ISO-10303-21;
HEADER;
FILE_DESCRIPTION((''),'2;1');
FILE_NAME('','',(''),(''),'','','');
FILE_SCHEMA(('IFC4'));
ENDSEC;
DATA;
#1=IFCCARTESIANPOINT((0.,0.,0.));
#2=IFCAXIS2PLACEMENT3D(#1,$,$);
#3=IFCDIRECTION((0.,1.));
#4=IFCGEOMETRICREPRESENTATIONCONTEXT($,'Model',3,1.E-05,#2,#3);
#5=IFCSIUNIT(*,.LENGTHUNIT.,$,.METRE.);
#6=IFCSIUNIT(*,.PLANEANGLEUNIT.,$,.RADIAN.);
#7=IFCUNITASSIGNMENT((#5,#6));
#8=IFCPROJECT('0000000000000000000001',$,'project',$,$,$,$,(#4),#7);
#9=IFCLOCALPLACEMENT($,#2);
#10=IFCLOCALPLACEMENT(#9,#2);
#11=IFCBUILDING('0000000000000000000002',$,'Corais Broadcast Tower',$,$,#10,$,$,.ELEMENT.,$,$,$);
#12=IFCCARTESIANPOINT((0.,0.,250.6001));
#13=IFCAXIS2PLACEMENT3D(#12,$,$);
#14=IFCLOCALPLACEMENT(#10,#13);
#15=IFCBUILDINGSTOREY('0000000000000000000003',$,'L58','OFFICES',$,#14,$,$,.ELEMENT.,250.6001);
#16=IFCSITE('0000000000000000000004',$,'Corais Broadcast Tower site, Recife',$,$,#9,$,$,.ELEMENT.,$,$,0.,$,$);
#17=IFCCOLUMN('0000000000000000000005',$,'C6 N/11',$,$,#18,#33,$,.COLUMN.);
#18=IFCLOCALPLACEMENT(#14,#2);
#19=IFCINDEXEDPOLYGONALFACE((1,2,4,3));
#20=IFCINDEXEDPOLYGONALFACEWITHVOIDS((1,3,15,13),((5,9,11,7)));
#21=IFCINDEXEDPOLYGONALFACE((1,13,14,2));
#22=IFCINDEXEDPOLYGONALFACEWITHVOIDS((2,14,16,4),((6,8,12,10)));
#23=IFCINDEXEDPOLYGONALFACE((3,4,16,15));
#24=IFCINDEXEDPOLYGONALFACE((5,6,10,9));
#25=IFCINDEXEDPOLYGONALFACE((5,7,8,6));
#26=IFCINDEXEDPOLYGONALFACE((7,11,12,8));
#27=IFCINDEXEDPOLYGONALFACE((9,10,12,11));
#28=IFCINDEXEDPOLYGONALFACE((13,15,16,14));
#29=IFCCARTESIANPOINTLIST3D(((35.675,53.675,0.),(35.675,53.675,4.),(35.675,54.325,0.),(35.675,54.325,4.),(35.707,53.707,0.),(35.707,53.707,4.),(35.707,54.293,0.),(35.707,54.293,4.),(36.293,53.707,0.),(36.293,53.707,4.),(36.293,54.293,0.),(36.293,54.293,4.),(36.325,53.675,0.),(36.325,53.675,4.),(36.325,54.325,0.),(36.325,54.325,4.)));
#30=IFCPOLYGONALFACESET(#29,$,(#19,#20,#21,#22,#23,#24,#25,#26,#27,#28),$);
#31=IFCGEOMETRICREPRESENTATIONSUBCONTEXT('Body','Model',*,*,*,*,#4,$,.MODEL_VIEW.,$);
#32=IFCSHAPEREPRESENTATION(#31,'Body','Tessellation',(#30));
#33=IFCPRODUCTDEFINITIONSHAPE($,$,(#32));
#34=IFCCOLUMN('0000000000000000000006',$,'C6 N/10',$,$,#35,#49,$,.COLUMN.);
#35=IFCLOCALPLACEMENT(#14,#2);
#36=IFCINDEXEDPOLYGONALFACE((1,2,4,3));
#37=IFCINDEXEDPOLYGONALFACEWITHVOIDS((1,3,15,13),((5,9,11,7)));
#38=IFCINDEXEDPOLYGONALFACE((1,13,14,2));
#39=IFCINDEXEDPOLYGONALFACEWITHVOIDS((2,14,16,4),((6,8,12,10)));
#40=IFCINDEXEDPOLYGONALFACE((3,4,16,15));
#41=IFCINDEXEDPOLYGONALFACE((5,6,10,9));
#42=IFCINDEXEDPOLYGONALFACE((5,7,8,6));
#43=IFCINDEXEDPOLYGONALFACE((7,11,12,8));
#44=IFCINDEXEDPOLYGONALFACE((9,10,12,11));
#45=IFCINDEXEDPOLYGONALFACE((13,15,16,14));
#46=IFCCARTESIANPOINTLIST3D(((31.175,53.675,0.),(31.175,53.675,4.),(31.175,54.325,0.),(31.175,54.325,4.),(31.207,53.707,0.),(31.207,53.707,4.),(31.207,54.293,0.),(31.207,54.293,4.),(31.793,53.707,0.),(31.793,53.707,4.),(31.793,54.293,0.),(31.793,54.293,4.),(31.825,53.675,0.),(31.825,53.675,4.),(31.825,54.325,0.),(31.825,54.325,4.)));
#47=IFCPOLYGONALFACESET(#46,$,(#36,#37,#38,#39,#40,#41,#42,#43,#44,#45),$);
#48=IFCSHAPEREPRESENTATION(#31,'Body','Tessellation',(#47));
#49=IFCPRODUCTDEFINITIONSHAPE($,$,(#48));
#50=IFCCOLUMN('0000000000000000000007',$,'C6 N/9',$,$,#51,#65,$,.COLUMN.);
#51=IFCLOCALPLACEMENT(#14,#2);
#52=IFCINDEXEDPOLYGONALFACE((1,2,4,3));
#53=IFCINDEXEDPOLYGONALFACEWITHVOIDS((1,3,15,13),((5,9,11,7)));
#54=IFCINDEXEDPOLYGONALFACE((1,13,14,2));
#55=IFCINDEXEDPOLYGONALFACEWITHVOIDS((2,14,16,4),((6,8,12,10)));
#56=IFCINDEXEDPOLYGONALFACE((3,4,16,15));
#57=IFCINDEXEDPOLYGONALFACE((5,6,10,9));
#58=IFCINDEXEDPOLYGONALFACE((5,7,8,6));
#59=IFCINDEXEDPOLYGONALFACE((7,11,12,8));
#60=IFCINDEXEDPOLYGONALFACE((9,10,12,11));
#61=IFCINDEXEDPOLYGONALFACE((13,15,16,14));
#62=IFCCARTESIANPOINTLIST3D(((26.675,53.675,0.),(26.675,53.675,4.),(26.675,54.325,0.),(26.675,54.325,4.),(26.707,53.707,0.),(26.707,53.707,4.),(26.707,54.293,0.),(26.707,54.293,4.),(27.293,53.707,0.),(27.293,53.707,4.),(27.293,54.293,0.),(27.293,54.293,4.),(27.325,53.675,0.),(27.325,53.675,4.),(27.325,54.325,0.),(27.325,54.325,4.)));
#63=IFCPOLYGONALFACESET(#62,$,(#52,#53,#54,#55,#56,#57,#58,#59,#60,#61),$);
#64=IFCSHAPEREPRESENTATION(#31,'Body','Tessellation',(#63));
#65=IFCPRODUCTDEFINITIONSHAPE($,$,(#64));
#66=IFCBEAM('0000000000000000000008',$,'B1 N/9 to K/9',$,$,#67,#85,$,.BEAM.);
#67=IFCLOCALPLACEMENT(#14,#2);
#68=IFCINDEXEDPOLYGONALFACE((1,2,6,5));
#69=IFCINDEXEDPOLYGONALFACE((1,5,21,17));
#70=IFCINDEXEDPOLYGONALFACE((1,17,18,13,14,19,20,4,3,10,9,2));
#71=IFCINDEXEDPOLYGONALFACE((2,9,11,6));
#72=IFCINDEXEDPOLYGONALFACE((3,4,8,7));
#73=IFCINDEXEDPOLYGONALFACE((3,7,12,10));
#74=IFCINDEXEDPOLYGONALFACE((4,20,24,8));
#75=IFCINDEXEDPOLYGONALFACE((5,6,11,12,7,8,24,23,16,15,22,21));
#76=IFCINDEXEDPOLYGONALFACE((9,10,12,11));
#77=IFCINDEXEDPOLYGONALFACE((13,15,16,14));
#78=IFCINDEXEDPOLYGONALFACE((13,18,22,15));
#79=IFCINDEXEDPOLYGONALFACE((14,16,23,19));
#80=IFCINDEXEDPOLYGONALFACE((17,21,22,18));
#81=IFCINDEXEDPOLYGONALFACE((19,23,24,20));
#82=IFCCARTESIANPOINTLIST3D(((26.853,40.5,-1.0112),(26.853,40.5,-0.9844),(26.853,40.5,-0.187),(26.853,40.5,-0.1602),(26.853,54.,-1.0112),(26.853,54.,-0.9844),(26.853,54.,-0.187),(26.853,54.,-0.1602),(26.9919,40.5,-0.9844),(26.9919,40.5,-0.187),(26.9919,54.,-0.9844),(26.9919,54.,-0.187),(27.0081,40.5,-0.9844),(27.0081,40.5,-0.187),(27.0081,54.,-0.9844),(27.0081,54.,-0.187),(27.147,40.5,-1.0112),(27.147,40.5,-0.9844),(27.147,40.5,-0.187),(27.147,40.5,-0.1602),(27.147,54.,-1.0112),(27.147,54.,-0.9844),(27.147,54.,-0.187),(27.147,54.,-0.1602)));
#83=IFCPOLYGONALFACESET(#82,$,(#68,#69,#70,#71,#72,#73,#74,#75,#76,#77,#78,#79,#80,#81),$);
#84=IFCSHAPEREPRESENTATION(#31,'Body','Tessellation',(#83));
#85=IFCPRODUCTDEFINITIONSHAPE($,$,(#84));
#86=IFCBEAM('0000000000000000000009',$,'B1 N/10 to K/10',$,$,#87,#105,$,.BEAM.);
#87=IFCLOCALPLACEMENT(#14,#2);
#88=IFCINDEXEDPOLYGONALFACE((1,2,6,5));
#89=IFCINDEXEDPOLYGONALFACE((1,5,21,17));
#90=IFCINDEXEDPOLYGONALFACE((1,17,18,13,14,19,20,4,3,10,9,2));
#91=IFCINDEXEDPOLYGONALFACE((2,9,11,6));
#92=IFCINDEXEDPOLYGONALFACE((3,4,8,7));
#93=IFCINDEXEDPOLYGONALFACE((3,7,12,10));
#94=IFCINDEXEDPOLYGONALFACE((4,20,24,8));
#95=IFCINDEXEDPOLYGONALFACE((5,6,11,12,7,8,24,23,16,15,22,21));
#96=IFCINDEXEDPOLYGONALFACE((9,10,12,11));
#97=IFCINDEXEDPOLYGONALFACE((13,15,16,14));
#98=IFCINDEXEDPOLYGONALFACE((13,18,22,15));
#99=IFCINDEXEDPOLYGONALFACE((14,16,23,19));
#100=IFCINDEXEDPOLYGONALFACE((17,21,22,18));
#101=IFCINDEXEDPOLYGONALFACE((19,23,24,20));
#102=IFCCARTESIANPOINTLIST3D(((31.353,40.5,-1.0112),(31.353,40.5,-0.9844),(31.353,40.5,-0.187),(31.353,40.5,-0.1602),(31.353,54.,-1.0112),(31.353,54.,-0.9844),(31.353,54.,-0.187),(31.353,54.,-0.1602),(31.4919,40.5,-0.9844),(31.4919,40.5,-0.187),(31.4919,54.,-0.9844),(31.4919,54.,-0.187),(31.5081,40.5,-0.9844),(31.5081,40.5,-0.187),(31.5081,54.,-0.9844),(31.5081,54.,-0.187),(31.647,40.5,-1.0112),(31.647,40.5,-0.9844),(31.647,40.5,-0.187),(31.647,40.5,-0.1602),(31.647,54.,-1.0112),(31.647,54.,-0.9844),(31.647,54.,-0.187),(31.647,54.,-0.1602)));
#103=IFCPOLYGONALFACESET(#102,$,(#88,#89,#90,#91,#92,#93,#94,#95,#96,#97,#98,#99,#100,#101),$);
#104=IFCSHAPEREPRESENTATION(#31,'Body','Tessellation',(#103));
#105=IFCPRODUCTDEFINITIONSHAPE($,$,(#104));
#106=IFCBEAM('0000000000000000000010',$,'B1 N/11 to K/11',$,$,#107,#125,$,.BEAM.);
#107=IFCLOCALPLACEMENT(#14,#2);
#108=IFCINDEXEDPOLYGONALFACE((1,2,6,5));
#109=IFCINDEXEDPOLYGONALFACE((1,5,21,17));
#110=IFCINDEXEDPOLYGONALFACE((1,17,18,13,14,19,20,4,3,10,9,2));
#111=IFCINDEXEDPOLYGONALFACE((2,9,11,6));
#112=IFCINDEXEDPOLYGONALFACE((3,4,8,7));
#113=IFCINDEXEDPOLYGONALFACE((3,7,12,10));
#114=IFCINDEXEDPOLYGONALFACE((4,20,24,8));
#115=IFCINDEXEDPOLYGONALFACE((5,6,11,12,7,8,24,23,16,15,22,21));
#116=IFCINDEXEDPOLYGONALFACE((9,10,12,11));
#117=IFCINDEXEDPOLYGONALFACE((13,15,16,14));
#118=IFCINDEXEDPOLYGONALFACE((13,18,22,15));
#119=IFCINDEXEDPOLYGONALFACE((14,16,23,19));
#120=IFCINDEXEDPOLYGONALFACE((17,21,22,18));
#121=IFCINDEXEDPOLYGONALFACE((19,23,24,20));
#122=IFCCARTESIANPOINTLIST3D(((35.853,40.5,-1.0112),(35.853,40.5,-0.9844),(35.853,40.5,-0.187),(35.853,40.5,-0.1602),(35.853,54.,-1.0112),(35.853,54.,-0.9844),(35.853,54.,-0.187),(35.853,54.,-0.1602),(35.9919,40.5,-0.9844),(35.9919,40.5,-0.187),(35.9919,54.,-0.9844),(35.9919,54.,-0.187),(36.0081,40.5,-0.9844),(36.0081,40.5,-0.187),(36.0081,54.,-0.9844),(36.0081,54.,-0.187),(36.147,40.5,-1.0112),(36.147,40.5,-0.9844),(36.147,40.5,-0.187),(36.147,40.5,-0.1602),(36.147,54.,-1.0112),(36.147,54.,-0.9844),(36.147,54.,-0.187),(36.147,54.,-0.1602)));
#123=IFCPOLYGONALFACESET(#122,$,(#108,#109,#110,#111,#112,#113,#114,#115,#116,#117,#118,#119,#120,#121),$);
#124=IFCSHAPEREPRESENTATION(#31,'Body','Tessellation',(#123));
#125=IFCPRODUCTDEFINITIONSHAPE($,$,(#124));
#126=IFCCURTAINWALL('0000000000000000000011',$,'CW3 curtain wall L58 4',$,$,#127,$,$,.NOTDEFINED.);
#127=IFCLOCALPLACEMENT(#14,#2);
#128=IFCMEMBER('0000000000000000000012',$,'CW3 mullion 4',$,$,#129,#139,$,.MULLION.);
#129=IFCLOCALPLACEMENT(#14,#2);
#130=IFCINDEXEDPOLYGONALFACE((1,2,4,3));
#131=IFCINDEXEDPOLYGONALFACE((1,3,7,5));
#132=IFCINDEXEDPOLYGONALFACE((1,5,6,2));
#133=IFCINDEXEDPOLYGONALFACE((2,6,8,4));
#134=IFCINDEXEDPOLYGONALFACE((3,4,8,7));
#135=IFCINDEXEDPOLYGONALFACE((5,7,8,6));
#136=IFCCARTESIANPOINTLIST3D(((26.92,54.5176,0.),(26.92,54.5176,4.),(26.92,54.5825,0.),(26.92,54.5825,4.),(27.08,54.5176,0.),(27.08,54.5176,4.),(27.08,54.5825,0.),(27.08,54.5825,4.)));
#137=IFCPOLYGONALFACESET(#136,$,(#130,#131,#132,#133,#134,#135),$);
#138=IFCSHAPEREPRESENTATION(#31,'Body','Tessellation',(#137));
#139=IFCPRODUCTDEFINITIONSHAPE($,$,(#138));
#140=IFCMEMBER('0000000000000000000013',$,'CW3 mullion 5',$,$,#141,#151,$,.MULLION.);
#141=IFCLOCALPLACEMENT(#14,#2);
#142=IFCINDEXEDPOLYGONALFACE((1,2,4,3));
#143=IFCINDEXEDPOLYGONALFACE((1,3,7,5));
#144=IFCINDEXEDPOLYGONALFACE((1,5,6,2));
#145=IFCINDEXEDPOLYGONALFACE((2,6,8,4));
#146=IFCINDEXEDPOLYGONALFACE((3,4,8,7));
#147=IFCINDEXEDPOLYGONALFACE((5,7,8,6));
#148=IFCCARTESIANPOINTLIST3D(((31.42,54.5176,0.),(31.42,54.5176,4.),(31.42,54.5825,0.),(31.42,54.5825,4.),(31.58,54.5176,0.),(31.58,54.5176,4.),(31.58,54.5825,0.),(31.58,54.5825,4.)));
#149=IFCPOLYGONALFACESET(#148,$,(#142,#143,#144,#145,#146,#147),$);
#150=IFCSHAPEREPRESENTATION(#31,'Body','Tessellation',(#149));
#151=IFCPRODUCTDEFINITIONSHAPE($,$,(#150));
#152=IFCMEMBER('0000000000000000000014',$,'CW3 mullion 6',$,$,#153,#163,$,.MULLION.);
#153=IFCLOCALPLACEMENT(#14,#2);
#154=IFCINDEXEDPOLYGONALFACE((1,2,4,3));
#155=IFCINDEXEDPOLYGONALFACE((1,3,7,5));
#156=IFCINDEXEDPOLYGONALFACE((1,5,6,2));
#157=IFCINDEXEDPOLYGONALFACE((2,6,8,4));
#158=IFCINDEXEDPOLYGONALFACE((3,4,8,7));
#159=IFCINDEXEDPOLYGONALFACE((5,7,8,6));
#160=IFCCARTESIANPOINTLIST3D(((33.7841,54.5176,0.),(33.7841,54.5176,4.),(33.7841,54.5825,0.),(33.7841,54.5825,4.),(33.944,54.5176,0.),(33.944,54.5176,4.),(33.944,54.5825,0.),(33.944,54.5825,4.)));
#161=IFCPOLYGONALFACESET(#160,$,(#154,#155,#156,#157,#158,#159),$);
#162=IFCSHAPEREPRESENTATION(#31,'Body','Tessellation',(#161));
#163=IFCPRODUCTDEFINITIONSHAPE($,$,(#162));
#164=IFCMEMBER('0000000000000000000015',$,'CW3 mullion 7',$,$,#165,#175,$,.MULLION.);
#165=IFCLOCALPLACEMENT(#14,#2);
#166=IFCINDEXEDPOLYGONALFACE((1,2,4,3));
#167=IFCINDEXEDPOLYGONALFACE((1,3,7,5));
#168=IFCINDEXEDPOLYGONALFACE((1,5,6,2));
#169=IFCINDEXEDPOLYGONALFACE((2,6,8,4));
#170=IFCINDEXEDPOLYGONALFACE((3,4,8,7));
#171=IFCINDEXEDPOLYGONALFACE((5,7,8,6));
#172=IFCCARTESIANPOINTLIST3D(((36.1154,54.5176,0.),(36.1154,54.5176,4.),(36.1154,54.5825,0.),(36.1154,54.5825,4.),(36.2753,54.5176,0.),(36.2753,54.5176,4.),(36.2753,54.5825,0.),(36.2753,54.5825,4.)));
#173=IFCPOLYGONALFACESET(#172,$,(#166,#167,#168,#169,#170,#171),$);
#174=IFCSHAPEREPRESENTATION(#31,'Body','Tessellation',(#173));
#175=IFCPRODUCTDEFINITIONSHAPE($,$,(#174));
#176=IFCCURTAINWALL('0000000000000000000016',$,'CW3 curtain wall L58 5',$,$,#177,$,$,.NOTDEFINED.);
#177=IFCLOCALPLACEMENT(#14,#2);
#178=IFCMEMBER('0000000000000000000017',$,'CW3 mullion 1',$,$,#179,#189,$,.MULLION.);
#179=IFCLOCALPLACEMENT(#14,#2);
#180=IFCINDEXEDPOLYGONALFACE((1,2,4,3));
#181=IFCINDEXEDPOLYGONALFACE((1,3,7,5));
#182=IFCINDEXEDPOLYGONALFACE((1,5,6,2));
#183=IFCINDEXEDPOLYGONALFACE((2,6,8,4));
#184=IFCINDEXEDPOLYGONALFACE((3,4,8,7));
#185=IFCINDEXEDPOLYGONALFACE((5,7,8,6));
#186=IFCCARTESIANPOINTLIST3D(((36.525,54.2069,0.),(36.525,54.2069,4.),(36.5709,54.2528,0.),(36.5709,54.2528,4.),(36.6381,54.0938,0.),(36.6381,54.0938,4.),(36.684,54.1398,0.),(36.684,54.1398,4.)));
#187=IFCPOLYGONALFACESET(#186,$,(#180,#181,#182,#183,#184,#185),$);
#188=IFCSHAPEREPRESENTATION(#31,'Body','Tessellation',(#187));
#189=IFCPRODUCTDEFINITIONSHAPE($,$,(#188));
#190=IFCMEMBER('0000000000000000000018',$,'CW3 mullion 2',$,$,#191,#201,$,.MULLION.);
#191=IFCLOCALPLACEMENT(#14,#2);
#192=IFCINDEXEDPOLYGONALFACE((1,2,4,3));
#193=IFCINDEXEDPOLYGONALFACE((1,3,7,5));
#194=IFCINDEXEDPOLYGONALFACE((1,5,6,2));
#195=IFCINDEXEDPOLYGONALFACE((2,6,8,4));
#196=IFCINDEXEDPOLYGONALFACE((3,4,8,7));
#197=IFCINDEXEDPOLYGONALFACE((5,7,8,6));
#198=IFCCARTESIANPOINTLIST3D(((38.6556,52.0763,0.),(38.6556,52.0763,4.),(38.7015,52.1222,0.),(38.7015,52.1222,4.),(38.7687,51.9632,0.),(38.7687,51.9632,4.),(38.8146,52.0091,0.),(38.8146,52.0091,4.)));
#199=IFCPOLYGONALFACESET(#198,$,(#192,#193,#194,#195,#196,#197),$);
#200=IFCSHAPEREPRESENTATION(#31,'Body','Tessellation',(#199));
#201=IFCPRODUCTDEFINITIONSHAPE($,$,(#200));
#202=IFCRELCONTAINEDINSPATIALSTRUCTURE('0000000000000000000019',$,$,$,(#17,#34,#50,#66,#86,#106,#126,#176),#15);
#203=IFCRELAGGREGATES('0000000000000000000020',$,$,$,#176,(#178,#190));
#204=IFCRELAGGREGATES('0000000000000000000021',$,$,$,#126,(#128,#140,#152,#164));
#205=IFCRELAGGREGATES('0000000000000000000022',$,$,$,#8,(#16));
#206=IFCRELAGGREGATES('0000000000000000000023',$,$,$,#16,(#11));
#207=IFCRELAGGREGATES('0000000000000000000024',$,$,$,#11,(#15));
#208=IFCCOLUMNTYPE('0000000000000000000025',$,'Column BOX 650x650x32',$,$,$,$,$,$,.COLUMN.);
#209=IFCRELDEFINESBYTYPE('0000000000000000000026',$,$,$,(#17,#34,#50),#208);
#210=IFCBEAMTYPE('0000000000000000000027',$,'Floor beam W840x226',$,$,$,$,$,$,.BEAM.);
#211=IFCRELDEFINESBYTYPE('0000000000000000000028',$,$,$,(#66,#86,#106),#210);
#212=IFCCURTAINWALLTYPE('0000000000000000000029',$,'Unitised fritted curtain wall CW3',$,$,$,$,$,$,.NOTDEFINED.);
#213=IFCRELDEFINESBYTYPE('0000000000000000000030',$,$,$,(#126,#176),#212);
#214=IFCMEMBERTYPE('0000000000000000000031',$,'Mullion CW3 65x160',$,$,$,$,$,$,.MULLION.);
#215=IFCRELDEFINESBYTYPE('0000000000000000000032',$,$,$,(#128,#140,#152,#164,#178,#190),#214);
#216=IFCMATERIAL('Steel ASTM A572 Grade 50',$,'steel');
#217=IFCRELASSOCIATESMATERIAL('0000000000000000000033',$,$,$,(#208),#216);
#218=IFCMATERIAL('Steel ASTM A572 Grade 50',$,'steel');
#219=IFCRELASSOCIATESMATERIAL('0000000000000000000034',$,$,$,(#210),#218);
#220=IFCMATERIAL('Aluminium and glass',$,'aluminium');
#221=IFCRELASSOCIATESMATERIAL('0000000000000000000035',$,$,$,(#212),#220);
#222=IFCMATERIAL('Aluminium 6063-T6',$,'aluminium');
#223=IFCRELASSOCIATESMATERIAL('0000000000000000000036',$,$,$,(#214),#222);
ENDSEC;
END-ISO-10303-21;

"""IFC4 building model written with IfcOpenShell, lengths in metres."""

from ifc_helpers import new_model, si_unit, direction, frame, origin, origin_2d, place, context, subcontext, project, spatial, rectangle, hollow_rectangle, i_section, extrude, material, material_profile, profile_set, type_object, element, aggregate, save


model = new_model("IFC4")

# Units and contexts
model_context = context("Model", 3, precision=1e-05, world=origin(), true_north=direction((0.0, 1.0)))
body_context = subcontext(model_context, "Body", "Model", "MODEL_VIEW")
ifc_project = project(units=[si_unit("LENGTHUNIT", "METRE"), si_unit("PLANEANGLEUNIT", "RADIAN")], contexts=[model_context])

# Site, building, storey
site_placement = place(None, origin())
site = spatial("IfcSite", under=ifc_project, at=site_placement, Name="Corais Broadcast Tower site, Recife", CompositionType="ELEMENT", RefElevation=0.0)
building_placement = place(site_placement, origin())
building = spatial("IfcBuilding", under=site, at=building_placement, Name="Corais Broadcast Tower", CompositionType="ELEMENT")
storey_placement = place(building_placement, frame((0.0, 0.0, 250.6001)))
storey = spatial("IfcBuildingStorey", under=building, at=storey_placement, Name="L58", Description="OFFICES", CompositionType="ELEMENT", Elevation=250.6001)

# Columns
ifc_material_1 = material(Name="Steel ASTM A572 Grade 50", Category="steel")
ifc_material_profile_1 = material_profile(ifc_material_1, hollow_rectangle(XDim=0.6499, YDim=0.6499, WallThickness=0.032, at=origin_2d()), Name="BOX 650x650x32")
ifc_profile_set_1 = profile_set([ifc_material_profile_1], Name="Steel ASTM A572 Grade 50")
column_type = type_object("IfcColumnType", Name="Column BOX 650x650x32", PredefinedType="COLUMN", material=ifc_profile_set_1)
for number, where, z_axis, x_axis, name in (
    (1, (36.0, 54.0, 0.0), (0.0, 0.0, 1.0), (1.0, 0.0, 0.0), "C6 N/11"),
    (2, (31.5, 54.0, 0.0), (0.0, 0.0, 1.0), (1.0, 0.0, 0.0), "C6 N/10"),
    (3, (27.0, 54.0, 0.0), (0.0, 0.0, 1.0), (1.0, 0.0, 0.0), "C6 N/9"),
):
    element("IfcColumn", number, at=place(storey_placement, frame(where, z_axis=z_axis, x_axis=x_axis)), inside=storey, type_object=column_type, Name=name, PredefinedType="COLUMN", context=body_context, shape_type="SweptSolid", body=[
        extrude(hollow_rectangle(XDim=0.6499, YDim=0.6499, WallThickness=0.032, at=origin_2d()), origin(), (0.0, 0.0, 1.0), 4.0),
    ])

# Beams
ifc_material_2 = material(Name="Steel ASTM A572 Grade 50", Category="steel")
ifc_material_profile_2 = material_profile(ifc_material_2, i_section(OverallWidth=0.2939, OverallDepth=0.8511, WebThickness=0.0161, FlangeThickness=0.0269, at=origin_2d()), Name="W840x226")
ifc_profile_set_2 = profile_set([ifc_material_profile_2], Name="Steel ASTM A572 Grade 50")
beam_type_1 = type_object("IfcBeamType", Name="Floor beam W840x226", PredefinedType="BEAM", material=ifc_profile_set_2)
for number, where, z_axis, x_axis, name in (
    (4, (27.0, 54.0, -0.5857), (0.0, -1.0, 0.0), (1.0, 0.0, 0.0), "B1 N/9 to K/9"),
    (5, (31.5, 54.0, -0.5857), (0.0, -1.0, 0.0), (1.0, 0.0, 0.0), "B1 N/10 to K/10"),
    (6, (36.0, 54.0, -0.5857), (0.0, -1.0, 0.0), (1.0, 0.0, 0.0), "B1 N/11 to K/11"),
):
    element("IfcBeam", number, at=place(storey_placement, frame(where, z_axis=z_axis, x_axis=x_axis)), inside=storey, type_object=beam_type_1, Name=name, PredefinedType="BEAM", context=body_context, shape_type="SweptSolid", body=[
        extrude(i_section(OverallWidth=0.2939, OverallDepth=0.8511, WebThickness=0.0161, FlangeThickness=0.0269, at=origin_2d()), origin(), (0.0, 0.0, 1.0), 13.5),
    ])

# Curtain walls, members
ifc_material_3 = material(Name="Aluminium and glass", Category="aluminium")
curtain_wall_type = type_object("IfcCurtainWallType", Name="Unitised fritted curtain wall CW3", PredefinedType="NOTDEFINED", material=ifc_material_3)
curtain_wall_1_placement = place(storey_placement, origin())
curtain_wall_1 = element("IfcCurtainWall", 7, at=curtain_wall_1_placement, inside=storey, type_object=curtain_wall_type, Name="CW3 curtain wall L58 4", PredefinedType="NOTDEFINED")
ifc_material_4 = material(Name="Aluminium 6063-T6", Category="aluminium")
ifc_material_profile_3 = material_profile(ifc_material_4, rectangle(XDim=0.0649, YDim=0.1599, at=origin_2d()), Name="Mullion CW3 65x160")
ifc_profile_set_3 = profile_set([ifc_material_profile_3], Name="Aluminium 6063-T6")
member_type_1 = type_object("IfcMemberType", Name="Mullion CW3 65x160", PredefinedType="MULLION", material=ifc_profile_set_3)
member_1_placement = place(storey_placement, frame((27.0, 54.55, 0.0), z_axis=(0.0, 0.0, 1.0), x_axis=(0.0, 1.0, 0.0)))
member_1 = element("IfcMember", 8, at=member_1_placement, type_object=member_type_1, Name="CW3 mullion 4", PredefinedType="MULLION", context=body_context, shape_type="SweptSolid", body=[
    extrude(rectangle(XDim=0.0649, YDim=0.1599, at=origin_2d()), origin(), (0.0, 0.0, 1.0), 4.0),
])
member_2_placement = place(storey_placement, frame((31.5, 54.55, 0.0), z_axis=(0.0, 0.0, 1.0), x_axis=(0.0, 1.0, 0.0)))
member_2 = element("IfcMember", 9, at=member_2_placement, type_object=member_type_1, Name="CW3 mullion 5", PredefinedType="MULLION", context=body_context, shape_type="SweptSolid", body=[
    extrude(rectangle(XDim=0.0649, YDim=0.1599, at=origin_2d()), origin(), (0.0, 0.0, 1.0), 4.0),
])
member_3_placement = place(storey_placement, frame((33.864, 54.55, 0.0), z_axis=(0.0, 0.0, 1.0), x_axis=(0.0, 1.0, 0.0)))
member_3 = element("IfcMember", 10, at=member_3_placement, type_object=member_type_1, Name="CW3 mullion 6", PredefinedType="MULLION", context=body_context, shape_type="SweptSolid", body=[
    extrude(rectangle(XDim=0.0649, YDim=0.1599, at=origin_2d()), origin(), (0.0, 0.0, 1.0), 4.0),
])
member_4_placement = place(storey_placement, frame((36.1953, 54.55, 0.0), z_axis=(0.0, 0.0, 1.0), x_axis=(0.0, 1.0, 0.0)))
member_4 = element("IfcMember", 11, at=member_4_placement, type_object=member_type_1, Name="CW3 mullion 7", PredefinedType="MULLION", context=body_context, shape_type="SweptSolid", body=[
    extrude(rectangle(XDim=0.0649, YDim=0.1599, at=origin_2d()), origin(), (0.0, 0.0, 1.0), 4.0),
])
curtain_wall_2_placement = place(storey_placement, origin())
curtain_wall_2 = element("IfcCurtainWall", 12, at=curtain_wall_2_placement, inside=storey, type_object=curtain_wall_type, Name="CW3 curtain wall L58 5", PredefinedType="NOTDEFINED")
member_5_placement = place(storey_placement, frame((36.6045, 54.1733, 0.0), z_axis=(0.0, 0.0, 1.0), x_axis=(0.707107, 0.707107, 0.0)))
member_5 = element("IfcMember", 13, at=member_5_placement, type_object=member_type_1, Name="CW3 mullion 1", PredefinedType="MULLION", context=body_context, shape_type="SweptSolid", body=[
    extrude(rectangle(XDim=0.0649, YDim=0.1599, at=origin_2d()), origin(), (0.0, 0.0, 1.0), 4.0),
])
member_6_placement = place(storey_placement, frame((38.7351, 52.0427, 0.0), z_axis=(0.0, 0.0, 1.0), x_axis=(0.707107, 0.707107, 0.0)))
member_6 = element("IfcMember", 14, at=member_6_placement, type_object=member_type_1, Name="CW3 mullion 2", PredefinedType="MULLION", context=body_context, shape_type="SweptSolid", body=[
    extrude(rectangle(XDim=0.0649, YDim=0.1599, at=origin_2d()), origin(), (0.0, 0.0, 1.0), 4.0),
])

aggregate(curtain_wall_2, [member_5, member_6])
aggregate(curtain_wall_1, [member_1, member_2, member_3, member_4])

save(model, "model.ifc")
